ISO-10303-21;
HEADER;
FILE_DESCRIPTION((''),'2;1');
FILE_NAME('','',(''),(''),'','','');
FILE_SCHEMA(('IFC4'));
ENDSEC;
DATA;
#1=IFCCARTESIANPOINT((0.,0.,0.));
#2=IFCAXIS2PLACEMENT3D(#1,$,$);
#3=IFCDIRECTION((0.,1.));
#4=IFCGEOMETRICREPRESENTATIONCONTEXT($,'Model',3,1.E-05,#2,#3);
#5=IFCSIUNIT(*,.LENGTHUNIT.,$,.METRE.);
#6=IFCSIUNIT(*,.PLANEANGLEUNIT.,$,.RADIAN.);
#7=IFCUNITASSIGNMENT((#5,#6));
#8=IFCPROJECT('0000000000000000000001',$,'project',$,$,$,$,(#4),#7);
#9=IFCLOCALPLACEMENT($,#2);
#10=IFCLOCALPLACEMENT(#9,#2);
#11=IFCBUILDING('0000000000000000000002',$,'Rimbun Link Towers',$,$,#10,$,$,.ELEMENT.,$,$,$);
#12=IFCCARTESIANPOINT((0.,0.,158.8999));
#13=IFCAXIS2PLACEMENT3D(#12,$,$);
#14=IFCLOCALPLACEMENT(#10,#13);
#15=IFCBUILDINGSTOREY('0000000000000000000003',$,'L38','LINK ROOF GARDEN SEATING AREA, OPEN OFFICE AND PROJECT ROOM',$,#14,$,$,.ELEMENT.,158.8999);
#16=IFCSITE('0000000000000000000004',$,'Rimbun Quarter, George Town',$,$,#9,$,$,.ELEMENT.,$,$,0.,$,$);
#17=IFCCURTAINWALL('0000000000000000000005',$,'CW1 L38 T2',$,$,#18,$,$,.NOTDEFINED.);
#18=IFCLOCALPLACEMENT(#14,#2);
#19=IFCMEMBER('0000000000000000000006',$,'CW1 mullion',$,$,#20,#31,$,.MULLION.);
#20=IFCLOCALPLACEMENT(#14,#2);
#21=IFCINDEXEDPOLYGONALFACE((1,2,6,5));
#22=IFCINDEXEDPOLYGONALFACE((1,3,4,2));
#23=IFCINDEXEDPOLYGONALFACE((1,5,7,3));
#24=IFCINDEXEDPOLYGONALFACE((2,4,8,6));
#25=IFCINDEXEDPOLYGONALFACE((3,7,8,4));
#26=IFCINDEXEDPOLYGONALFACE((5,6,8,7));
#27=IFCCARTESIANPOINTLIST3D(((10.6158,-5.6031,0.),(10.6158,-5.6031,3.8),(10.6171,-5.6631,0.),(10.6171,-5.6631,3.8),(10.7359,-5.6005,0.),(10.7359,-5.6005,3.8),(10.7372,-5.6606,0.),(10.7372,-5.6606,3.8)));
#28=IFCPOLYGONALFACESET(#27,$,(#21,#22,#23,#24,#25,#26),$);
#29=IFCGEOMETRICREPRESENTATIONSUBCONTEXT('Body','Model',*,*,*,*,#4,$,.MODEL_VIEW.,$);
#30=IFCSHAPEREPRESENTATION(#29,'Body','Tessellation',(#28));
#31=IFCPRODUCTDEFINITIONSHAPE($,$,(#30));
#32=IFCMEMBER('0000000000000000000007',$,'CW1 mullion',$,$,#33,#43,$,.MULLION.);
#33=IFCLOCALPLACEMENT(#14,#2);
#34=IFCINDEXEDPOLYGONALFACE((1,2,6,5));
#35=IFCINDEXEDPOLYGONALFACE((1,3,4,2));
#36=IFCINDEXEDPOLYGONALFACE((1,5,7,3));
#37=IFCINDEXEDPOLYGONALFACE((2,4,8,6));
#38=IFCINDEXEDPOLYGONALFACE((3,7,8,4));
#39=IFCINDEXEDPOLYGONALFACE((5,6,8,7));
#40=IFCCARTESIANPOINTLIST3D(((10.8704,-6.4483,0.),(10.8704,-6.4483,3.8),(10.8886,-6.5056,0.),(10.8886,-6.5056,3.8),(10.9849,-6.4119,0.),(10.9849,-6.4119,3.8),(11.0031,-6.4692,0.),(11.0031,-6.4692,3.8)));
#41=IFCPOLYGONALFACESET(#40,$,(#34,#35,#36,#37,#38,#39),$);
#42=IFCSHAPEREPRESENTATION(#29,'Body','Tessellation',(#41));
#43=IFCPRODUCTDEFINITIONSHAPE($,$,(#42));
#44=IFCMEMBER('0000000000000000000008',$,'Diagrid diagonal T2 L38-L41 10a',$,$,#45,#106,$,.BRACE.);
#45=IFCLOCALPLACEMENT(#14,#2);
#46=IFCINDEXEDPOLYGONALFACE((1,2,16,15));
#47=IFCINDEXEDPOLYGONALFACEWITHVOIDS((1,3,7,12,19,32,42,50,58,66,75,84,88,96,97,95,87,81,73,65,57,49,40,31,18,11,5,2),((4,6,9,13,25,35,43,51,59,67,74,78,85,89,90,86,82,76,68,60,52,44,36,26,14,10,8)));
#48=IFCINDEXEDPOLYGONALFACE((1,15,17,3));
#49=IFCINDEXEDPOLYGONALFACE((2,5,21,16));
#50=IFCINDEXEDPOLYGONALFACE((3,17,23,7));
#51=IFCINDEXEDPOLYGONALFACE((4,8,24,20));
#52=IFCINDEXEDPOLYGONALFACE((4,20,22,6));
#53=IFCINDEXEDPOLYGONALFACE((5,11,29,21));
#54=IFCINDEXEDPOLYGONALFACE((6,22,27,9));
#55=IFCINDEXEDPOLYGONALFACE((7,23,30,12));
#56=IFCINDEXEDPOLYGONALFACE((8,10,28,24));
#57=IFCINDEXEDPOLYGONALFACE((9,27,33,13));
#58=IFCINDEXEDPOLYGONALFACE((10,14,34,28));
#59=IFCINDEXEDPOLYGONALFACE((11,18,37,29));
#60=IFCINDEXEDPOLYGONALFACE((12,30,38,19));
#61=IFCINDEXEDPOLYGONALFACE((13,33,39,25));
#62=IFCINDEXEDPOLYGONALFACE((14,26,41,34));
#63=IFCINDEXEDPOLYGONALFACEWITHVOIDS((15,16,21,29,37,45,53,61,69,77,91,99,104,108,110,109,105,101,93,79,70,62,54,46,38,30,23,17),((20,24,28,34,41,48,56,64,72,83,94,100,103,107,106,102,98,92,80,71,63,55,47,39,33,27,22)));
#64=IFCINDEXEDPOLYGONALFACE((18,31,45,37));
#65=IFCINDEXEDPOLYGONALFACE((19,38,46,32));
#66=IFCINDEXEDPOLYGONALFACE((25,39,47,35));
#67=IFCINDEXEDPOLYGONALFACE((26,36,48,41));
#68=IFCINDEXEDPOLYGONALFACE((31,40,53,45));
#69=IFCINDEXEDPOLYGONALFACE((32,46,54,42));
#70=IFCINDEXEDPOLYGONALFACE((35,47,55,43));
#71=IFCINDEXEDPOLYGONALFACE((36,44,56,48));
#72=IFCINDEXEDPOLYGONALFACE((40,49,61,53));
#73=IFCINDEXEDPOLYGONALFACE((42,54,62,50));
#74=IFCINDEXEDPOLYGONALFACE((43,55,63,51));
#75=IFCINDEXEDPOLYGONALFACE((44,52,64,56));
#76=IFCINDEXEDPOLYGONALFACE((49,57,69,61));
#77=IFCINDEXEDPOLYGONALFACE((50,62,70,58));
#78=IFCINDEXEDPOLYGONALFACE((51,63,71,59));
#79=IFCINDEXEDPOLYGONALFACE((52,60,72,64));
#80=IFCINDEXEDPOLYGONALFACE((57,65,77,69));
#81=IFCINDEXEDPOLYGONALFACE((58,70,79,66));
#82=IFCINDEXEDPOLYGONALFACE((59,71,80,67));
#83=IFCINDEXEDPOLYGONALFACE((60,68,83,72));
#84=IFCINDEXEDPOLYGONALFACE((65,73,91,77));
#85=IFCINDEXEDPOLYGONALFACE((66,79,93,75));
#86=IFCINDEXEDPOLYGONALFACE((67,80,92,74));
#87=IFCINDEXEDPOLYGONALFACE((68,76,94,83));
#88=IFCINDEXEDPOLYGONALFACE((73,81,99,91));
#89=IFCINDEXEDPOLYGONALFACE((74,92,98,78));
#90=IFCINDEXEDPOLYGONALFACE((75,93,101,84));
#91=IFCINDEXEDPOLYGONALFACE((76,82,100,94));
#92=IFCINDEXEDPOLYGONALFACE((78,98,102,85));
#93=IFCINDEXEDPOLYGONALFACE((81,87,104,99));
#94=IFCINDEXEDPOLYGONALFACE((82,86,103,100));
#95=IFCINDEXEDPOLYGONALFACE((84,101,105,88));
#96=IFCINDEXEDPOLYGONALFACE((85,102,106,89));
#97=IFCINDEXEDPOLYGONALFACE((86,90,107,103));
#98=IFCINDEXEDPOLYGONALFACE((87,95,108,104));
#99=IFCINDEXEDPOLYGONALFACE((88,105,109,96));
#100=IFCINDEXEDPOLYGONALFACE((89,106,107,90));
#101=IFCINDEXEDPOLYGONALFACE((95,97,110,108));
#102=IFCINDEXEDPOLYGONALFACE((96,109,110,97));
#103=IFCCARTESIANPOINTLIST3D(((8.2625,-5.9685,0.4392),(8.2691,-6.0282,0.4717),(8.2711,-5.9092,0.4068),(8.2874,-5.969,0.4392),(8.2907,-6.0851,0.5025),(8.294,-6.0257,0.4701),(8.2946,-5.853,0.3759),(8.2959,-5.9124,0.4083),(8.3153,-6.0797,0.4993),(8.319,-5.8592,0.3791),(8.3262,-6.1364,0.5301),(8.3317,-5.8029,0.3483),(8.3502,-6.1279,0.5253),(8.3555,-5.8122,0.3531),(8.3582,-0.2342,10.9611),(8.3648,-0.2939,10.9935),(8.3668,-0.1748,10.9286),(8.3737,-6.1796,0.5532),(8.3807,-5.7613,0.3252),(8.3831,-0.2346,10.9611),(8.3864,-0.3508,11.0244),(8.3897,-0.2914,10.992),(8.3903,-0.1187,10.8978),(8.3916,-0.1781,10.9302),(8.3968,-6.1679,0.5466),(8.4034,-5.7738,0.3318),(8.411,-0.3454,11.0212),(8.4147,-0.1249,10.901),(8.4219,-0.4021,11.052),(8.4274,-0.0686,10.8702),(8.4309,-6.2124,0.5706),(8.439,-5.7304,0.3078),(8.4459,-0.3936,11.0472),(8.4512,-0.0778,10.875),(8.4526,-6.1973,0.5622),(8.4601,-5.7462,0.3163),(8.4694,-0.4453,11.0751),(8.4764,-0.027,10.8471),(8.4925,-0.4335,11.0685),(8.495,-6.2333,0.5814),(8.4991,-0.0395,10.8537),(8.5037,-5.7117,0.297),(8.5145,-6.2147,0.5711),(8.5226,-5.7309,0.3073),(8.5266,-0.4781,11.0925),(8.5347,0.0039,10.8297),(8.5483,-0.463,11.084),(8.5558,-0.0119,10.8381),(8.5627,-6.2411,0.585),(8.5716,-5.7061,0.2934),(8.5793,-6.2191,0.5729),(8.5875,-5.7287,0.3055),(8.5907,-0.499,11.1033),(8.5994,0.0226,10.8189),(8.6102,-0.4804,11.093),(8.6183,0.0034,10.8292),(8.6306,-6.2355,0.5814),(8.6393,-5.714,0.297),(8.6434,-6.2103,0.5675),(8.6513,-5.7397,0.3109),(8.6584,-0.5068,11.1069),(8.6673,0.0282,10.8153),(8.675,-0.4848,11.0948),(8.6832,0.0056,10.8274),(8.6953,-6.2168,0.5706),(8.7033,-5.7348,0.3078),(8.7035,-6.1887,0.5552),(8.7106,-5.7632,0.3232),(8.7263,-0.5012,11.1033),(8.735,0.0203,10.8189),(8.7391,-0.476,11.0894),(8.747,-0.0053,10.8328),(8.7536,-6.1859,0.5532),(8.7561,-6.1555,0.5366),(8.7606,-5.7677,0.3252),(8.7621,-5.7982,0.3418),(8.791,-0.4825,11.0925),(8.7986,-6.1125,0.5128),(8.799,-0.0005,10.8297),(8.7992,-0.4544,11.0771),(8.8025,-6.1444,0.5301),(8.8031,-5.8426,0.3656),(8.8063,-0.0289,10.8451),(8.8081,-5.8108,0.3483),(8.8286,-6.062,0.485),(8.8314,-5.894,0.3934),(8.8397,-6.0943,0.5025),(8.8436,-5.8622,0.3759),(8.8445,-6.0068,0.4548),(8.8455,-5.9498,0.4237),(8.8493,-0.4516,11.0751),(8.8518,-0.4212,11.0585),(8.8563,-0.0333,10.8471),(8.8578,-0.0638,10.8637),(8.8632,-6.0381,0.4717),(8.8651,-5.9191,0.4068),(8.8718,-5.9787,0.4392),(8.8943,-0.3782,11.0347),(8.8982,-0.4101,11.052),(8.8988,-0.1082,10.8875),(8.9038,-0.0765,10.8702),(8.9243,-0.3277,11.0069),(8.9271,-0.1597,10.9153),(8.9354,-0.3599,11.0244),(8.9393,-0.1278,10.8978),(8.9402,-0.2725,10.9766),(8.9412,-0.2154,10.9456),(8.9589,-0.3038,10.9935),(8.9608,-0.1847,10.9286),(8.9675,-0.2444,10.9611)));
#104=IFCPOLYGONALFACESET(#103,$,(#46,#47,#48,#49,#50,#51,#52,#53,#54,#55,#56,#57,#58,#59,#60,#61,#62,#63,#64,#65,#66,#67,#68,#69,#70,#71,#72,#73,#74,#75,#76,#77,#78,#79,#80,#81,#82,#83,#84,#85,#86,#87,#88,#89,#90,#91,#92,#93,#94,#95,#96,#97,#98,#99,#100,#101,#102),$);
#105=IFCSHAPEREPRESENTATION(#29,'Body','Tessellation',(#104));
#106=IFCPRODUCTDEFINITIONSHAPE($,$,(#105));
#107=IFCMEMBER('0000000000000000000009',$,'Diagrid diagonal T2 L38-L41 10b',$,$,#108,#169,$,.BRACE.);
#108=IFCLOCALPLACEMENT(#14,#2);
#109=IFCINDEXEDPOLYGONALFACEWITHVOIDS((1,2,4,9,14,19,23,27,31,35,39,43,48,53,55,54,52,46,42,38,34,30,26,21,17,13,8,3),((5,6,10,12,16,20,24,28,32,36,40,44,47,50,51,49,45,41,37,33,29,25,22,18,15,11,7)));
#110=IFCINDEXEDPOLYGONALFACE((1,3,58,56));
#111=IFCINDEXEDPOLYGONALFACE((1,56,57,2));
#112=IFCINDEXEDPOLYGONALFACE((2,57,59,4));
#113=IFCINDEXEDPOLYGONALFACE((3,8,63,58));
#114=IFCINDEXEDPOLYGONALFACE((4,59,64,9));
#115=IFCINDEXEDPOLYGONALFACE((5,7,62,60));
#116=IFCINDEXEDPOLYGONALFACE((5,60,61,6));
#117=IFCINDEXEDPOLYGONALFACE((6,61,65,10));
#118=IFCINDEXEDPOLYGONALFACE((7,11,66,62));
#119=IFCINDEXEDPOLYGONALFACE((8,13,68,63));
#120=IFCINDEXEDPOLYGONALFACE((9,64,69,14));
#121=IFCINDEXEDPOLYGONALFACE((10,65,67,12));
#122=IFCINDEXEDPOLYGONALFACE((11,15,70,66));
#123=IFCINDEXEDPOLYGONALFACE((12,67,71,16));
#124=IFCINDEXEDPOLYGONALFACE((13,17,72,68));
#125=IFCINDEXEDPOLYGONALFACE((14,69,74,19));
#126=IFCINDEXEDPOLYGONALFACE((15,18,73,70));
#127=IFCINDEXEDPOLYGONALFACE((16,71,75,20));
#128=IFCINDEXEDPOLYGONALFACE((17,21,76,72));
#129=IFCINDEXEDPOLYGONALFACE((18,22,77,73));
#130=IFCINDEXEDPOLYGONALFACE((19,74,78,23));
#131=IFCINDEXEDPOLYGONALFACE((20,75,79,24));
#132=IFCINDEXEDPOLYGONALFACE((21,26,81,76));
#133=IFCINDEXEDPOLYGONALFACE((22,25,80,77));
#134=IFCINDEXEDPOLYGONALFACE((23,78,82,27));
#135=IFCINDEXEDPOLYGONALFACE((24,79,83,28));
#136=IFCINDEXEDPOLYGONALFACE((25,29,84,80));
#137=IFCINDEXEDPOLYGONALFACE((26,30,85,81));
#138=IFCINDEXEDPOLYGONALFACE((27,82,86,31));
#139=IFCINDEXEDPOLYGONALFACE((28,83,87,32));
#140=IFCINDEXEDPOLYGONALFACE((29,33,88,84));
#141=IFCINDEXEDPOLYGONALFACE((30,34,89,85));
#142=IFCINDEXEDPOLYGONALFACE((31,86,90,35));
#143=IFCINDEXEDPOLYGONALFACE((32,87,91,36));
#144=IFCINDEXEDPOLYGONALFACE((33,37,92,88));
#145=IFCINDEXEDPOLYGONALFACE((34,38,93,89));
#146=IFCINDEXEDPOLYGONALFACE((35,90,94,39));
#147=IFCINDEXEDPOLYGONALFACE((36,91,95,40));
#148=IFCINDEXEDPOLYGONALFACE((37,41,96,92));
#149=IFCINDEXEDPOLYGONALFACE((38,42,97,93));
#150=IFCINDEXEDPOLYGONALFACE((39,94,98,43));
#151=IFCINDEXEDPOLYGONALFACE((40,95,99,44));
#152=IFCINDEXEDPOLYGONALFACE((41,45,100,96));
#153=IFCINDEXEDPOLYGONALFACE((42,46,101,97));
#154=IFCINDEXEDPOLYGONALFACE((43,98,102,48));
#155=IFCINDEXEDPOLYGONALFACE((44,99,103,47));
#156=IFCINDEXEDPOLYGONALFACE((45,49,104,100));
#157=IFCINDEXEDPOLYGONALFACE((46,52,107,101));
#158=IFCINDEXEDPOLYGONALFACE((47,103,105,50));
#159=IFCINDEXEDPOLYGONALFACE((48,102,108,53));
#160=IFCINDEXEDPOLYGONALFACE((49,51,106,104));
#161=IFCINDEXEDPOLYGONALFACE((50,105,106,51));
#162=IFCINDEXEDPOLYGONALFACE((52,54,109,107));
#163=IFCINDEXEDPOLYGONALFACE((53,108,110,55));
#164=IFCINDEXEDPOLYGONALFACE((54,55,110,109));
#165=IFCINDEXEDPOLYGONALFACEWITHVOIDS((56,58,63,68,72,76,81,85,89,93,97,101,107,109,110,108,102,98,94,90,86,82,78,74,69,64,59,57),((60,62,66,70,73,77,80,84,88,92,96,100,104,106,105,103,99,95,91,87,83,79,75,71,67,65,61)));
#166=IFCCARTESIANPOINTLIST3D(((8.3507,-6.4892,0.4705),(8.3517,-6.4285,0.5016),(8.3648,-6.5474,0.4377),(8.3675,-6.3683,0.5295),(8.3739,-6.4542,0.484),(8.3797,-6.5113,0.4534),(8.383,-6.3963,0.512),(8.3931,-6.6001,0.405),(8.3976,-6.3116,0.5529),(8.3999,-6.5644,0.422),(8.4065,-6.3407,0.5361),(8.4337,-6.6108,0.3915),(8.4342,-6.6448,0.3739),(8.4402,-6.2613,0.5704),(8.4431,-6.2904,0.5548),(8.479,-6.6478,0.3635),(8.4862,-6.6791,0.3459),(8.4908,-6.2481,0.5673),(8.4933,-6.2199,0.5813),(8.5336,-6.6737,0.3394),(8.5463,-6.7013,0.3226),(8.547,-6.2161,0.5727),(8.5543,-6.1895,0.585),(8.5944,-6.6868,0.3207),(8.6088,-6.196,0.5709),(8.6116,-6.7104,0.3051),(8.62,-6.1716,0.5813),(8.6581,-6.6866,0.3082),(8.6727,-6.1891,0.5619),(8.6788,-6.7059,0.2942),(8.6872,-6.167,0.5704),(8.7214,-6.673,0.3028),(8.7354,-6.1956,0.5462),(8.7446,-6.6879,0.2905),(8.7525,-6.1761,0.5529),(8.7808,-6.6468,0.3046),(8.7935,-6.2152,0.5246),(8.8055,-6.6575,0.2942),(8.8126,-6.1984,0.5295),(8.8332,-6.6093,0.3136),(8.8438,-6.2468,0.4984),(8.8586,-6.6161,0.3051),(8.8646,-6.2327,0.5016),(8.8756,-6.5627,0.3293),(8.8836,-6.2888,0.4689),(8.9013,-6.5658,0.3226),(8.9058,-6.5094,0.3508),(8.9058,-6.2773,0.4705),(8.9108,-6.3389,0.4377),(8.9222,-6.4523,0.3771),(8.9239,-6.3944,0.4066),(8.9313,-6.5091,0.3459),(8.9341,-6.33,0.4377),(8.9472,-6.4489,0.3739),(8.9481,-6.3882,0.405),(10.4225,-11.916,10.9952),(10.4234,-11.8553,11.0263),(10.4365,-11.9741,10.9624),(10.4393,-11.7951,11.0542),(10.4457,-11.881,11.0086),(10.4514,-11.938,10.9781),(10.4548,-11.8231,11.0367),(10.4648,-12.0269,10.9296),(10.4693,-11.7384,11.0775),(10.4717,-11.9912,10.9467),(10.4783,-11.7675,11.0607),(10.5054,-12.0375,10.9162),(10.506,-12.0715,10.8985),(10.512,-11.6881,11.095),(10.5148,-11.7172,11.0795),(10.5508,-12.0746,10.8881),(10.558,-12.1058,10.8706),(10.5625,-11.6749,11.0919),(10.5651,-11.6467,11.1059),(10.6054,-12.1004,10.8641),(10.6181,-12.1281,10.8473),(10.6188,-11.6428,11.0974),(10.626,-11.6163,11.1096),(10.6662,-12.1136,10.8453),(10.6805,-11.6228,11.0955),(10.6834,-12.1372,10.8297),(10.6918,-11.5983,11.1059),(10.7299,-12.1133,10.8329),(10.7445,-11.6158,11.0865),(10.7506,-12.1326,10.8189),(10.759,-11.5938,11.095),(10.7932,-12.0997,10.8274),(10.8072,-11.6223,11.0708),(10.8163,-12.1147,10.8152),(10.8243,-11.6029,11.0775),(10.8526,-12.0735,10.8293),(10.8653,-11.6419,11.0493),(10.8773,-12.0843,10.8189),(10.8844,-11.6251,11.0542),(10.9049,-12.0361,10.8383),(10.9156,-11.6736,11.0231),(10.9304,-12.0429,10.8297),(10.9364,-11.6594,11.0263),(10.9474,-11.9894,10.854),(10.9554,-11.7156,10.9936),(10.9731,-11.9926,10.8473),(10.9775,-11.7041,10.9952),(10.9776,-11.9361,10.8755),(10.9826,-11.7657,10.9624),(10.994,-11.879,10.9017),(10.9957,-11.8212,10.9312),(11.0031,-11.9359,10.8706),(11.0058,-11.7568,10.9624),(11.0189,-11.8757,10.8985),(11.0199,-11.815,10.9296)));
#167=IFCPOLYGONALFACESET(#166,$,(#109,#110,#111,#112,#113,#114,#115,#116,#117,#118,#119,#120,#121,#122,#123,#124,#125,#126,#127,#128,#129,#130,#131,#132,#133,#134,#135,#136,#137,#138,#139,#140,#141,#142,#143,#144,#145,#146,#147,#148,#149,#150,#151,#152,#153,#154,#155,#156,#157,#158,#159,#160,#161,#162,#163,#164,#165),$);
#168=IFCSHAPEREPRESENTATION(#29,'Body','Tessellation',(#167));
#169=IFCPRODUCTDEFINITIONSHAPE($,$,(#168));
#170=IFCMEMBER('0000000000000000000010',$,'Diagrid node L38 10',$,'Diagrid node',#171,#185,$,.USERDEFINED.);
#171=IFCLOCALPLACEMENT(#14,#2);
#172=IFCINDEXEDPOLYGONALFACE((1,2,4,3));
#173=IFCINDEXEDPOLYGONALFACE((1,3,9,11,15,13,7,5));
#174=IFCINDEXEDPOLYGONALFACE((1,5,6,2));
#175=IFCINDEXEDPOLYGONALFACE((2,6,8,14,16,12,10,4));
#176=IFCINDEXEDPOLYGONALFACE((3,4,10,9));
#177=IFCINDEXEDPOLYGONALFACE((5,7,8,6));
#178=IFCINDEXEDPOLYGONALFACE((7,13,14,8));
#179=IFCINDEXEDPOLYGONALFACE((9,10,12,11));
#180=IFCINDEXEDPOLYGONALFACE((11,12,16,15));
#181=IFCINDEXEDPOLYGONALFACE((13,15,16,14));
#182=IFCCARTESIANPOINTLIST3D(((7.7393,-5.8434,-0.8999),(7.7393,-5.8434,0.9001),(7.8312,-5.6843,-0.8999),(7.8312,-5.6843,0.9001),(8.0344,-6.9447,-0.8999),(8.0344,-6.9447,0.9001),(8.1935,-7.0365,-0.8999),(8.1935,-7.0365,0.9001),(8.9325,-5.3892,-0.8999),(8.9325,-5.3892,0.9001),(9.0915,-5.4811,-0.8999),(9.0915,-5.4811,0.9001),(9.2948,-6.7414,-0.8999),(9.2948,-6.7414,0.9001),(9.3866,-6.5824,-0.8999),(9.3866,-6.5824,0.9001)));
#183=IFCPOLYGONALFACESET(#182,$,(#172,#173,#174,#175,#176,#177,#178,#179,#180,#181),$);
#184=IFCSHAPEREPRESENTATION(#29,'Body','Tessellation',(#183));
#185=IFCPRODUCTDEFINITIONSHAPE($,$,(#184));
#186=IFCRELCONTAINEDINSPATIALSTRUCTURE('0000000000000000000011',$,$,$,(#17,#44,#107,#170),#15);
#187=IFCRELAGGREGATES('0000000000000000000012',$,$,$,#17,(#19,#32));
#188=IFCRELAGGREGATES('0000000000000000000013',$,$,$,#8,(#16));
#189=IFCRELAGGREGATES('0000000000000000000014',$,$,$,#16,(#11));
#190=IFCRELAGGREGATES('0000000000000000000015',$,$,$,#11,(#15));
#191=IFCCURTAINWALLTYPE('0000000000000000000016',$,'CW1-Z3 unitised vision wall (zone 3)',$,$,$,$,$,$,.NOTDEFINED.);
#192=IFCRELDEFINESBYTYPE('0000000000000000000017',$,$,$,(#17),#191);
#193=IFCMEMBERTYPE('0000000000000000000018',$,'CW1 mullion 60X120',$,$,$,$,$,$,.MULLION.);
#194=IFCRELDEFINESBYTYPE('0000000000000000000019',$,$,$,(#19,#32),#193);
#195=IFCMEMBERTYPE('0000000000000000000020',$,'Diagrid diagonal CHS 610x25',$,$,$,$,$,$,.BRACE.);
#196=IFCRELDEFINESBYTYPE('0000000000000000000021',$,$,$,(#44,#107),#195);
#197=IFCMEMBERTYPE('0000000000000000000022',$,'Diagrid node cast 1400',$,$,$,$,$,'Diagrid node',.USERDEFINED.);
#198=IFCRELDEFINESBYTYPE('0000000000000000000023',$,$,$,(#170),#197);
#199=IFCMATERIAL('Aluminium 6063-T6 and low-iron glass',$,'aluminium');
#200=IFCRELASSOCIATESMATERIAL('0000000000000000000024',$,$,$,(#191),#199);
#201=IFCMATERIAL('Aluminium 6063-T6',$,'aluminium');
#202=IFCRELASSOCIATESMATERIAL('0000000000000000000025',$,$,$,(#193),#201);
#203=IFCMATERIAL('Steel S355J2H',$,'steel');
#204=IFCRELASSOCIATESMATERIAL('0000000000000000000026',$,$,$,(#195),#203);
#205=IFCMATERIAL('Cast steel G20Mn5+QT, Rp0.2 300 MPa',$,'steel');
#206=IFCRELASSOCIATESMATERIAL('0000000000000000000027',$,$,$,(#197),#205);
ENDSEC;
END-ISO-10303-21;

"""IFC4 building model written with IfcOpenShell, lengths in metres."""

from ifc_helpers import new_model, si_unit, direction, frame, origin, origin_2d, place, context, subcontext, project, spatial, polyline, rectangle, hollow_circle, outline, extrude, material, material_profile, profile_set, type_object, element, aggregate, save


model = new_model("IFC4")

# Units and contexts
model_context = context("Model", 3, precision=1e-05, world=origin(), true_north=direction((0.0, 1.0)))
body_context = subcontext(model_context, "Body", "Model", "MODEL_VIEW")
ifc_project = project(units=[si_unit("LENGTHUNIT", "METRE"), si_unit("PLANEANGLEUNIT", "RADIAN")], contexts=[model_context])

# Site, building, storey
site_placement = place(None, origin())
site = spatial("IfcSite", under=ifc_project, at=site_placement, Name="Rimbun Quarter, George Town", CompositionType="ELEMENT", RefElevation=0.0)
building_placement = place(site_placement, origin())
building = spatial("IfcBuilding", under=site, at=building_placement, Name="Rimbun Link Towers", CompositionType="ELEMENT")
storey_placement = place(building_placement, frame((0.0, 0.0, 158.8999)))
storey = spatial("IfcBuildingStorey", under=building, at=storey_placement, Name="L38", Description="LINK ROOF GARDEN SEATING AREA, OPEN OFFICE AND PROJECT ROOM", CompositionType="ELEMENT", Elevation=158.8999)

# Curtain wall, members
ifc_material_1 = material(Name="Aluminium 6063-T6 and low-iron glass", Category="aluminium")
curtain_wall_type = type_object("IfcCurtainWallType", Name="CW1-Z3 unitised vision wall (zone 3)", PredefinedType="NOTDEFINED", material=ifc_material_1)
curtain_wall_placement = place(storey_placement, origin())
curtain_wall = element("IfcCurtainWall", 1, at=curtain_wall_placement, inside=storey, type_object=curtain_wall_type, Name="CW1 L38 T2", PredefinedType="NOTDEFINED")
ifc_material_2 = material(Name="Aluminium 6063-T6", Category="aluminium")
ifc_material_profile_1 = material_profile(ifc_material_2, rectangle(XDim=0.1201, YDim=0.0601, at=origin_2d()), Name="MULLION 60X120")
ifc_profile_set_1 = profile_set([ifc_material_profile_1], Name="Aluminium 6063-T6")
member_type_1 = type_object("IfcMemberType", Name="CW1 mullion 60X120", PredefinedType="MULLION", material=ifc_profile_set_1)
member_1_placement = place(storey_placement, frame((10.6765, -5.6318, 0.0), z_axis=(0.0, 0.0, 1.0), x_axis=(-0.999778, -0.021059, 0.0)))
member_1 = element("IfcMember", 2, at=member_1_placement, type_object=member_type_1, Name="CW1 mullion", PredefinedType="MULLION", context=body_context, shape_type="SweptSolid", body=[
    extrude(rectangle(XDim=0.1201, YDim=0.0601, at=origin_2d()), origin(), (0.0, 0.0, 1.0), 3.8),
])
member_2_placement = place(storey_placement, frame((10.9368, -6.4587, 0.0), z_axis=(0.0, 0.0, 1.0), x_axis=(-0.952965, -0.303082, 0.0)))
member_2 = element("IfcMember", 3, at=member_2_placement, type_object=member_type_1, Name="CW1 mullion", PredefinedType="MULLION", context=body_context, shape_type="SweptSolid", body=[
    extrude(rectangle(XDim=0.1201, YDim=0.0601, at=origin_2d()), origin(), (0.0, 0.0, 1.0), 3.8),
])
aggregate(curtain_wall, [member_1, member_2])

# Members
ifc_material_3 = material(Name="Steel S355J2H", Category="steel")
ifc_material_profile_2 = material_profile(ifc_material_3, hollow_circle(Radius=0.3047, WallThickness=0.0249, at=origin_2d()), Name="Diagrid diagonal CHS 610x25")
ifc_profile_set_2 = profile_set([ifc_material_profile_2], Name="Steel S355J2H")
member_type_2 = type_object("IfcMemberType", Name="Diagrid diagonal CHS 610x25", PredefinedType="BRACE", material=ifc_profile_set_2)
member_3_placement = place(storey_placement, frame((8.5671, -5.9736, 0.4392), z_axis=(0.007986, 0.478523, 0.878039), x_axis=(-0.999861, 0.016687, 0.0)))
element("IfcMember", 4, at=member_3_placement, inside=storey, type_object=member_type_2, Name="Diagrid diagonal T2 L38-L41 10a", PredefinedType="BRACE", context=body_context, shape_type="SweptSolid", body=[
    extrude(hollow_circle(Radius=0.3047, WallThickness=0.0249, at=origin_2d()), origin(), (0.0, 0.0, 1.0), 11.9834),
])
member_4_placement = place(storey_placement, frame((8.6494, -6.4387, 0.4377), z_axis=(0.172343, -0.451431, 0.875505), x_axis=(0.934233, 0.356663, 0.0)))
element("IfcMember", 5, at=member_4_placement, inside=storey, type_object=member_type_2, Name="Diagrid diagonal T2 L38-L41 10b", PredefinedType="BRACE", context=body_context, shape_type="SweptSolid", body=[
    extrude(hollow_circle(Radius=0.3047, WallThickness=0.0249, at=origin_2d()), origin(), (0.0, 0.0, 1.0), 12.0212),
])
ifc_material_4 = material(Name="Cast steel G20Mn5+QT, Rp0.2 300 MPa", Category="steel")
ifc_material_profile_3 = material_profile(ifc_material_4, outline(polyline([(0.7, -0.5701), (0.7, 0.5701), (0.5701, 0.7), (-0.5701, 0.7), (-0.7, 0.5701), (-0.7, -0.5701), (-0.5701, -0.7), (0.5701, -0.7), (0.7, -0.5701)])), Name="NODE 1400x1400")
ifc_profile_set_3 = profile_set([ifc_material_profile_3], Name="Cast steel G20Mn5+QT, Rp0.2 300 MPa")
member_type_3 = type_object("IfcMemberType", Name="Diagrid node cast 1400", ElementType="Diagrid node", PredefinedType="USERDEFINED", material=ifc_profile_set_3)
member_5_placement = place(storey_placement, frame((8.563, -6.2129, -0.8999), z_axis=(0.0, 0.0, 1.0), x_axis=(-0.965926, -0.258819, 0.0)))
element("IfcMember", 6, at=member_5_placement, inside=storey, type_object=member_type_3, Name="Diagrid node L38 10", ObjectType="Diagrid node", PredefinedType="USERDEFINED", context=body_context, shape_type="SweptSolid", body=[
    extrude(outline(polyline([(0.7, -0.5701), (0.7, 0.5701), (0.5701, 0.7), (-0.5701, 0.7), (-0.7, 0.5701), (-0.7, -0.5701), (-0.5701, -0.7), (0.5701, -0.7), (0.7, -0.5701)])), origin(), (0.0, 0.0, 1.0), 1.8),
])

save(model, "model.ifc")
